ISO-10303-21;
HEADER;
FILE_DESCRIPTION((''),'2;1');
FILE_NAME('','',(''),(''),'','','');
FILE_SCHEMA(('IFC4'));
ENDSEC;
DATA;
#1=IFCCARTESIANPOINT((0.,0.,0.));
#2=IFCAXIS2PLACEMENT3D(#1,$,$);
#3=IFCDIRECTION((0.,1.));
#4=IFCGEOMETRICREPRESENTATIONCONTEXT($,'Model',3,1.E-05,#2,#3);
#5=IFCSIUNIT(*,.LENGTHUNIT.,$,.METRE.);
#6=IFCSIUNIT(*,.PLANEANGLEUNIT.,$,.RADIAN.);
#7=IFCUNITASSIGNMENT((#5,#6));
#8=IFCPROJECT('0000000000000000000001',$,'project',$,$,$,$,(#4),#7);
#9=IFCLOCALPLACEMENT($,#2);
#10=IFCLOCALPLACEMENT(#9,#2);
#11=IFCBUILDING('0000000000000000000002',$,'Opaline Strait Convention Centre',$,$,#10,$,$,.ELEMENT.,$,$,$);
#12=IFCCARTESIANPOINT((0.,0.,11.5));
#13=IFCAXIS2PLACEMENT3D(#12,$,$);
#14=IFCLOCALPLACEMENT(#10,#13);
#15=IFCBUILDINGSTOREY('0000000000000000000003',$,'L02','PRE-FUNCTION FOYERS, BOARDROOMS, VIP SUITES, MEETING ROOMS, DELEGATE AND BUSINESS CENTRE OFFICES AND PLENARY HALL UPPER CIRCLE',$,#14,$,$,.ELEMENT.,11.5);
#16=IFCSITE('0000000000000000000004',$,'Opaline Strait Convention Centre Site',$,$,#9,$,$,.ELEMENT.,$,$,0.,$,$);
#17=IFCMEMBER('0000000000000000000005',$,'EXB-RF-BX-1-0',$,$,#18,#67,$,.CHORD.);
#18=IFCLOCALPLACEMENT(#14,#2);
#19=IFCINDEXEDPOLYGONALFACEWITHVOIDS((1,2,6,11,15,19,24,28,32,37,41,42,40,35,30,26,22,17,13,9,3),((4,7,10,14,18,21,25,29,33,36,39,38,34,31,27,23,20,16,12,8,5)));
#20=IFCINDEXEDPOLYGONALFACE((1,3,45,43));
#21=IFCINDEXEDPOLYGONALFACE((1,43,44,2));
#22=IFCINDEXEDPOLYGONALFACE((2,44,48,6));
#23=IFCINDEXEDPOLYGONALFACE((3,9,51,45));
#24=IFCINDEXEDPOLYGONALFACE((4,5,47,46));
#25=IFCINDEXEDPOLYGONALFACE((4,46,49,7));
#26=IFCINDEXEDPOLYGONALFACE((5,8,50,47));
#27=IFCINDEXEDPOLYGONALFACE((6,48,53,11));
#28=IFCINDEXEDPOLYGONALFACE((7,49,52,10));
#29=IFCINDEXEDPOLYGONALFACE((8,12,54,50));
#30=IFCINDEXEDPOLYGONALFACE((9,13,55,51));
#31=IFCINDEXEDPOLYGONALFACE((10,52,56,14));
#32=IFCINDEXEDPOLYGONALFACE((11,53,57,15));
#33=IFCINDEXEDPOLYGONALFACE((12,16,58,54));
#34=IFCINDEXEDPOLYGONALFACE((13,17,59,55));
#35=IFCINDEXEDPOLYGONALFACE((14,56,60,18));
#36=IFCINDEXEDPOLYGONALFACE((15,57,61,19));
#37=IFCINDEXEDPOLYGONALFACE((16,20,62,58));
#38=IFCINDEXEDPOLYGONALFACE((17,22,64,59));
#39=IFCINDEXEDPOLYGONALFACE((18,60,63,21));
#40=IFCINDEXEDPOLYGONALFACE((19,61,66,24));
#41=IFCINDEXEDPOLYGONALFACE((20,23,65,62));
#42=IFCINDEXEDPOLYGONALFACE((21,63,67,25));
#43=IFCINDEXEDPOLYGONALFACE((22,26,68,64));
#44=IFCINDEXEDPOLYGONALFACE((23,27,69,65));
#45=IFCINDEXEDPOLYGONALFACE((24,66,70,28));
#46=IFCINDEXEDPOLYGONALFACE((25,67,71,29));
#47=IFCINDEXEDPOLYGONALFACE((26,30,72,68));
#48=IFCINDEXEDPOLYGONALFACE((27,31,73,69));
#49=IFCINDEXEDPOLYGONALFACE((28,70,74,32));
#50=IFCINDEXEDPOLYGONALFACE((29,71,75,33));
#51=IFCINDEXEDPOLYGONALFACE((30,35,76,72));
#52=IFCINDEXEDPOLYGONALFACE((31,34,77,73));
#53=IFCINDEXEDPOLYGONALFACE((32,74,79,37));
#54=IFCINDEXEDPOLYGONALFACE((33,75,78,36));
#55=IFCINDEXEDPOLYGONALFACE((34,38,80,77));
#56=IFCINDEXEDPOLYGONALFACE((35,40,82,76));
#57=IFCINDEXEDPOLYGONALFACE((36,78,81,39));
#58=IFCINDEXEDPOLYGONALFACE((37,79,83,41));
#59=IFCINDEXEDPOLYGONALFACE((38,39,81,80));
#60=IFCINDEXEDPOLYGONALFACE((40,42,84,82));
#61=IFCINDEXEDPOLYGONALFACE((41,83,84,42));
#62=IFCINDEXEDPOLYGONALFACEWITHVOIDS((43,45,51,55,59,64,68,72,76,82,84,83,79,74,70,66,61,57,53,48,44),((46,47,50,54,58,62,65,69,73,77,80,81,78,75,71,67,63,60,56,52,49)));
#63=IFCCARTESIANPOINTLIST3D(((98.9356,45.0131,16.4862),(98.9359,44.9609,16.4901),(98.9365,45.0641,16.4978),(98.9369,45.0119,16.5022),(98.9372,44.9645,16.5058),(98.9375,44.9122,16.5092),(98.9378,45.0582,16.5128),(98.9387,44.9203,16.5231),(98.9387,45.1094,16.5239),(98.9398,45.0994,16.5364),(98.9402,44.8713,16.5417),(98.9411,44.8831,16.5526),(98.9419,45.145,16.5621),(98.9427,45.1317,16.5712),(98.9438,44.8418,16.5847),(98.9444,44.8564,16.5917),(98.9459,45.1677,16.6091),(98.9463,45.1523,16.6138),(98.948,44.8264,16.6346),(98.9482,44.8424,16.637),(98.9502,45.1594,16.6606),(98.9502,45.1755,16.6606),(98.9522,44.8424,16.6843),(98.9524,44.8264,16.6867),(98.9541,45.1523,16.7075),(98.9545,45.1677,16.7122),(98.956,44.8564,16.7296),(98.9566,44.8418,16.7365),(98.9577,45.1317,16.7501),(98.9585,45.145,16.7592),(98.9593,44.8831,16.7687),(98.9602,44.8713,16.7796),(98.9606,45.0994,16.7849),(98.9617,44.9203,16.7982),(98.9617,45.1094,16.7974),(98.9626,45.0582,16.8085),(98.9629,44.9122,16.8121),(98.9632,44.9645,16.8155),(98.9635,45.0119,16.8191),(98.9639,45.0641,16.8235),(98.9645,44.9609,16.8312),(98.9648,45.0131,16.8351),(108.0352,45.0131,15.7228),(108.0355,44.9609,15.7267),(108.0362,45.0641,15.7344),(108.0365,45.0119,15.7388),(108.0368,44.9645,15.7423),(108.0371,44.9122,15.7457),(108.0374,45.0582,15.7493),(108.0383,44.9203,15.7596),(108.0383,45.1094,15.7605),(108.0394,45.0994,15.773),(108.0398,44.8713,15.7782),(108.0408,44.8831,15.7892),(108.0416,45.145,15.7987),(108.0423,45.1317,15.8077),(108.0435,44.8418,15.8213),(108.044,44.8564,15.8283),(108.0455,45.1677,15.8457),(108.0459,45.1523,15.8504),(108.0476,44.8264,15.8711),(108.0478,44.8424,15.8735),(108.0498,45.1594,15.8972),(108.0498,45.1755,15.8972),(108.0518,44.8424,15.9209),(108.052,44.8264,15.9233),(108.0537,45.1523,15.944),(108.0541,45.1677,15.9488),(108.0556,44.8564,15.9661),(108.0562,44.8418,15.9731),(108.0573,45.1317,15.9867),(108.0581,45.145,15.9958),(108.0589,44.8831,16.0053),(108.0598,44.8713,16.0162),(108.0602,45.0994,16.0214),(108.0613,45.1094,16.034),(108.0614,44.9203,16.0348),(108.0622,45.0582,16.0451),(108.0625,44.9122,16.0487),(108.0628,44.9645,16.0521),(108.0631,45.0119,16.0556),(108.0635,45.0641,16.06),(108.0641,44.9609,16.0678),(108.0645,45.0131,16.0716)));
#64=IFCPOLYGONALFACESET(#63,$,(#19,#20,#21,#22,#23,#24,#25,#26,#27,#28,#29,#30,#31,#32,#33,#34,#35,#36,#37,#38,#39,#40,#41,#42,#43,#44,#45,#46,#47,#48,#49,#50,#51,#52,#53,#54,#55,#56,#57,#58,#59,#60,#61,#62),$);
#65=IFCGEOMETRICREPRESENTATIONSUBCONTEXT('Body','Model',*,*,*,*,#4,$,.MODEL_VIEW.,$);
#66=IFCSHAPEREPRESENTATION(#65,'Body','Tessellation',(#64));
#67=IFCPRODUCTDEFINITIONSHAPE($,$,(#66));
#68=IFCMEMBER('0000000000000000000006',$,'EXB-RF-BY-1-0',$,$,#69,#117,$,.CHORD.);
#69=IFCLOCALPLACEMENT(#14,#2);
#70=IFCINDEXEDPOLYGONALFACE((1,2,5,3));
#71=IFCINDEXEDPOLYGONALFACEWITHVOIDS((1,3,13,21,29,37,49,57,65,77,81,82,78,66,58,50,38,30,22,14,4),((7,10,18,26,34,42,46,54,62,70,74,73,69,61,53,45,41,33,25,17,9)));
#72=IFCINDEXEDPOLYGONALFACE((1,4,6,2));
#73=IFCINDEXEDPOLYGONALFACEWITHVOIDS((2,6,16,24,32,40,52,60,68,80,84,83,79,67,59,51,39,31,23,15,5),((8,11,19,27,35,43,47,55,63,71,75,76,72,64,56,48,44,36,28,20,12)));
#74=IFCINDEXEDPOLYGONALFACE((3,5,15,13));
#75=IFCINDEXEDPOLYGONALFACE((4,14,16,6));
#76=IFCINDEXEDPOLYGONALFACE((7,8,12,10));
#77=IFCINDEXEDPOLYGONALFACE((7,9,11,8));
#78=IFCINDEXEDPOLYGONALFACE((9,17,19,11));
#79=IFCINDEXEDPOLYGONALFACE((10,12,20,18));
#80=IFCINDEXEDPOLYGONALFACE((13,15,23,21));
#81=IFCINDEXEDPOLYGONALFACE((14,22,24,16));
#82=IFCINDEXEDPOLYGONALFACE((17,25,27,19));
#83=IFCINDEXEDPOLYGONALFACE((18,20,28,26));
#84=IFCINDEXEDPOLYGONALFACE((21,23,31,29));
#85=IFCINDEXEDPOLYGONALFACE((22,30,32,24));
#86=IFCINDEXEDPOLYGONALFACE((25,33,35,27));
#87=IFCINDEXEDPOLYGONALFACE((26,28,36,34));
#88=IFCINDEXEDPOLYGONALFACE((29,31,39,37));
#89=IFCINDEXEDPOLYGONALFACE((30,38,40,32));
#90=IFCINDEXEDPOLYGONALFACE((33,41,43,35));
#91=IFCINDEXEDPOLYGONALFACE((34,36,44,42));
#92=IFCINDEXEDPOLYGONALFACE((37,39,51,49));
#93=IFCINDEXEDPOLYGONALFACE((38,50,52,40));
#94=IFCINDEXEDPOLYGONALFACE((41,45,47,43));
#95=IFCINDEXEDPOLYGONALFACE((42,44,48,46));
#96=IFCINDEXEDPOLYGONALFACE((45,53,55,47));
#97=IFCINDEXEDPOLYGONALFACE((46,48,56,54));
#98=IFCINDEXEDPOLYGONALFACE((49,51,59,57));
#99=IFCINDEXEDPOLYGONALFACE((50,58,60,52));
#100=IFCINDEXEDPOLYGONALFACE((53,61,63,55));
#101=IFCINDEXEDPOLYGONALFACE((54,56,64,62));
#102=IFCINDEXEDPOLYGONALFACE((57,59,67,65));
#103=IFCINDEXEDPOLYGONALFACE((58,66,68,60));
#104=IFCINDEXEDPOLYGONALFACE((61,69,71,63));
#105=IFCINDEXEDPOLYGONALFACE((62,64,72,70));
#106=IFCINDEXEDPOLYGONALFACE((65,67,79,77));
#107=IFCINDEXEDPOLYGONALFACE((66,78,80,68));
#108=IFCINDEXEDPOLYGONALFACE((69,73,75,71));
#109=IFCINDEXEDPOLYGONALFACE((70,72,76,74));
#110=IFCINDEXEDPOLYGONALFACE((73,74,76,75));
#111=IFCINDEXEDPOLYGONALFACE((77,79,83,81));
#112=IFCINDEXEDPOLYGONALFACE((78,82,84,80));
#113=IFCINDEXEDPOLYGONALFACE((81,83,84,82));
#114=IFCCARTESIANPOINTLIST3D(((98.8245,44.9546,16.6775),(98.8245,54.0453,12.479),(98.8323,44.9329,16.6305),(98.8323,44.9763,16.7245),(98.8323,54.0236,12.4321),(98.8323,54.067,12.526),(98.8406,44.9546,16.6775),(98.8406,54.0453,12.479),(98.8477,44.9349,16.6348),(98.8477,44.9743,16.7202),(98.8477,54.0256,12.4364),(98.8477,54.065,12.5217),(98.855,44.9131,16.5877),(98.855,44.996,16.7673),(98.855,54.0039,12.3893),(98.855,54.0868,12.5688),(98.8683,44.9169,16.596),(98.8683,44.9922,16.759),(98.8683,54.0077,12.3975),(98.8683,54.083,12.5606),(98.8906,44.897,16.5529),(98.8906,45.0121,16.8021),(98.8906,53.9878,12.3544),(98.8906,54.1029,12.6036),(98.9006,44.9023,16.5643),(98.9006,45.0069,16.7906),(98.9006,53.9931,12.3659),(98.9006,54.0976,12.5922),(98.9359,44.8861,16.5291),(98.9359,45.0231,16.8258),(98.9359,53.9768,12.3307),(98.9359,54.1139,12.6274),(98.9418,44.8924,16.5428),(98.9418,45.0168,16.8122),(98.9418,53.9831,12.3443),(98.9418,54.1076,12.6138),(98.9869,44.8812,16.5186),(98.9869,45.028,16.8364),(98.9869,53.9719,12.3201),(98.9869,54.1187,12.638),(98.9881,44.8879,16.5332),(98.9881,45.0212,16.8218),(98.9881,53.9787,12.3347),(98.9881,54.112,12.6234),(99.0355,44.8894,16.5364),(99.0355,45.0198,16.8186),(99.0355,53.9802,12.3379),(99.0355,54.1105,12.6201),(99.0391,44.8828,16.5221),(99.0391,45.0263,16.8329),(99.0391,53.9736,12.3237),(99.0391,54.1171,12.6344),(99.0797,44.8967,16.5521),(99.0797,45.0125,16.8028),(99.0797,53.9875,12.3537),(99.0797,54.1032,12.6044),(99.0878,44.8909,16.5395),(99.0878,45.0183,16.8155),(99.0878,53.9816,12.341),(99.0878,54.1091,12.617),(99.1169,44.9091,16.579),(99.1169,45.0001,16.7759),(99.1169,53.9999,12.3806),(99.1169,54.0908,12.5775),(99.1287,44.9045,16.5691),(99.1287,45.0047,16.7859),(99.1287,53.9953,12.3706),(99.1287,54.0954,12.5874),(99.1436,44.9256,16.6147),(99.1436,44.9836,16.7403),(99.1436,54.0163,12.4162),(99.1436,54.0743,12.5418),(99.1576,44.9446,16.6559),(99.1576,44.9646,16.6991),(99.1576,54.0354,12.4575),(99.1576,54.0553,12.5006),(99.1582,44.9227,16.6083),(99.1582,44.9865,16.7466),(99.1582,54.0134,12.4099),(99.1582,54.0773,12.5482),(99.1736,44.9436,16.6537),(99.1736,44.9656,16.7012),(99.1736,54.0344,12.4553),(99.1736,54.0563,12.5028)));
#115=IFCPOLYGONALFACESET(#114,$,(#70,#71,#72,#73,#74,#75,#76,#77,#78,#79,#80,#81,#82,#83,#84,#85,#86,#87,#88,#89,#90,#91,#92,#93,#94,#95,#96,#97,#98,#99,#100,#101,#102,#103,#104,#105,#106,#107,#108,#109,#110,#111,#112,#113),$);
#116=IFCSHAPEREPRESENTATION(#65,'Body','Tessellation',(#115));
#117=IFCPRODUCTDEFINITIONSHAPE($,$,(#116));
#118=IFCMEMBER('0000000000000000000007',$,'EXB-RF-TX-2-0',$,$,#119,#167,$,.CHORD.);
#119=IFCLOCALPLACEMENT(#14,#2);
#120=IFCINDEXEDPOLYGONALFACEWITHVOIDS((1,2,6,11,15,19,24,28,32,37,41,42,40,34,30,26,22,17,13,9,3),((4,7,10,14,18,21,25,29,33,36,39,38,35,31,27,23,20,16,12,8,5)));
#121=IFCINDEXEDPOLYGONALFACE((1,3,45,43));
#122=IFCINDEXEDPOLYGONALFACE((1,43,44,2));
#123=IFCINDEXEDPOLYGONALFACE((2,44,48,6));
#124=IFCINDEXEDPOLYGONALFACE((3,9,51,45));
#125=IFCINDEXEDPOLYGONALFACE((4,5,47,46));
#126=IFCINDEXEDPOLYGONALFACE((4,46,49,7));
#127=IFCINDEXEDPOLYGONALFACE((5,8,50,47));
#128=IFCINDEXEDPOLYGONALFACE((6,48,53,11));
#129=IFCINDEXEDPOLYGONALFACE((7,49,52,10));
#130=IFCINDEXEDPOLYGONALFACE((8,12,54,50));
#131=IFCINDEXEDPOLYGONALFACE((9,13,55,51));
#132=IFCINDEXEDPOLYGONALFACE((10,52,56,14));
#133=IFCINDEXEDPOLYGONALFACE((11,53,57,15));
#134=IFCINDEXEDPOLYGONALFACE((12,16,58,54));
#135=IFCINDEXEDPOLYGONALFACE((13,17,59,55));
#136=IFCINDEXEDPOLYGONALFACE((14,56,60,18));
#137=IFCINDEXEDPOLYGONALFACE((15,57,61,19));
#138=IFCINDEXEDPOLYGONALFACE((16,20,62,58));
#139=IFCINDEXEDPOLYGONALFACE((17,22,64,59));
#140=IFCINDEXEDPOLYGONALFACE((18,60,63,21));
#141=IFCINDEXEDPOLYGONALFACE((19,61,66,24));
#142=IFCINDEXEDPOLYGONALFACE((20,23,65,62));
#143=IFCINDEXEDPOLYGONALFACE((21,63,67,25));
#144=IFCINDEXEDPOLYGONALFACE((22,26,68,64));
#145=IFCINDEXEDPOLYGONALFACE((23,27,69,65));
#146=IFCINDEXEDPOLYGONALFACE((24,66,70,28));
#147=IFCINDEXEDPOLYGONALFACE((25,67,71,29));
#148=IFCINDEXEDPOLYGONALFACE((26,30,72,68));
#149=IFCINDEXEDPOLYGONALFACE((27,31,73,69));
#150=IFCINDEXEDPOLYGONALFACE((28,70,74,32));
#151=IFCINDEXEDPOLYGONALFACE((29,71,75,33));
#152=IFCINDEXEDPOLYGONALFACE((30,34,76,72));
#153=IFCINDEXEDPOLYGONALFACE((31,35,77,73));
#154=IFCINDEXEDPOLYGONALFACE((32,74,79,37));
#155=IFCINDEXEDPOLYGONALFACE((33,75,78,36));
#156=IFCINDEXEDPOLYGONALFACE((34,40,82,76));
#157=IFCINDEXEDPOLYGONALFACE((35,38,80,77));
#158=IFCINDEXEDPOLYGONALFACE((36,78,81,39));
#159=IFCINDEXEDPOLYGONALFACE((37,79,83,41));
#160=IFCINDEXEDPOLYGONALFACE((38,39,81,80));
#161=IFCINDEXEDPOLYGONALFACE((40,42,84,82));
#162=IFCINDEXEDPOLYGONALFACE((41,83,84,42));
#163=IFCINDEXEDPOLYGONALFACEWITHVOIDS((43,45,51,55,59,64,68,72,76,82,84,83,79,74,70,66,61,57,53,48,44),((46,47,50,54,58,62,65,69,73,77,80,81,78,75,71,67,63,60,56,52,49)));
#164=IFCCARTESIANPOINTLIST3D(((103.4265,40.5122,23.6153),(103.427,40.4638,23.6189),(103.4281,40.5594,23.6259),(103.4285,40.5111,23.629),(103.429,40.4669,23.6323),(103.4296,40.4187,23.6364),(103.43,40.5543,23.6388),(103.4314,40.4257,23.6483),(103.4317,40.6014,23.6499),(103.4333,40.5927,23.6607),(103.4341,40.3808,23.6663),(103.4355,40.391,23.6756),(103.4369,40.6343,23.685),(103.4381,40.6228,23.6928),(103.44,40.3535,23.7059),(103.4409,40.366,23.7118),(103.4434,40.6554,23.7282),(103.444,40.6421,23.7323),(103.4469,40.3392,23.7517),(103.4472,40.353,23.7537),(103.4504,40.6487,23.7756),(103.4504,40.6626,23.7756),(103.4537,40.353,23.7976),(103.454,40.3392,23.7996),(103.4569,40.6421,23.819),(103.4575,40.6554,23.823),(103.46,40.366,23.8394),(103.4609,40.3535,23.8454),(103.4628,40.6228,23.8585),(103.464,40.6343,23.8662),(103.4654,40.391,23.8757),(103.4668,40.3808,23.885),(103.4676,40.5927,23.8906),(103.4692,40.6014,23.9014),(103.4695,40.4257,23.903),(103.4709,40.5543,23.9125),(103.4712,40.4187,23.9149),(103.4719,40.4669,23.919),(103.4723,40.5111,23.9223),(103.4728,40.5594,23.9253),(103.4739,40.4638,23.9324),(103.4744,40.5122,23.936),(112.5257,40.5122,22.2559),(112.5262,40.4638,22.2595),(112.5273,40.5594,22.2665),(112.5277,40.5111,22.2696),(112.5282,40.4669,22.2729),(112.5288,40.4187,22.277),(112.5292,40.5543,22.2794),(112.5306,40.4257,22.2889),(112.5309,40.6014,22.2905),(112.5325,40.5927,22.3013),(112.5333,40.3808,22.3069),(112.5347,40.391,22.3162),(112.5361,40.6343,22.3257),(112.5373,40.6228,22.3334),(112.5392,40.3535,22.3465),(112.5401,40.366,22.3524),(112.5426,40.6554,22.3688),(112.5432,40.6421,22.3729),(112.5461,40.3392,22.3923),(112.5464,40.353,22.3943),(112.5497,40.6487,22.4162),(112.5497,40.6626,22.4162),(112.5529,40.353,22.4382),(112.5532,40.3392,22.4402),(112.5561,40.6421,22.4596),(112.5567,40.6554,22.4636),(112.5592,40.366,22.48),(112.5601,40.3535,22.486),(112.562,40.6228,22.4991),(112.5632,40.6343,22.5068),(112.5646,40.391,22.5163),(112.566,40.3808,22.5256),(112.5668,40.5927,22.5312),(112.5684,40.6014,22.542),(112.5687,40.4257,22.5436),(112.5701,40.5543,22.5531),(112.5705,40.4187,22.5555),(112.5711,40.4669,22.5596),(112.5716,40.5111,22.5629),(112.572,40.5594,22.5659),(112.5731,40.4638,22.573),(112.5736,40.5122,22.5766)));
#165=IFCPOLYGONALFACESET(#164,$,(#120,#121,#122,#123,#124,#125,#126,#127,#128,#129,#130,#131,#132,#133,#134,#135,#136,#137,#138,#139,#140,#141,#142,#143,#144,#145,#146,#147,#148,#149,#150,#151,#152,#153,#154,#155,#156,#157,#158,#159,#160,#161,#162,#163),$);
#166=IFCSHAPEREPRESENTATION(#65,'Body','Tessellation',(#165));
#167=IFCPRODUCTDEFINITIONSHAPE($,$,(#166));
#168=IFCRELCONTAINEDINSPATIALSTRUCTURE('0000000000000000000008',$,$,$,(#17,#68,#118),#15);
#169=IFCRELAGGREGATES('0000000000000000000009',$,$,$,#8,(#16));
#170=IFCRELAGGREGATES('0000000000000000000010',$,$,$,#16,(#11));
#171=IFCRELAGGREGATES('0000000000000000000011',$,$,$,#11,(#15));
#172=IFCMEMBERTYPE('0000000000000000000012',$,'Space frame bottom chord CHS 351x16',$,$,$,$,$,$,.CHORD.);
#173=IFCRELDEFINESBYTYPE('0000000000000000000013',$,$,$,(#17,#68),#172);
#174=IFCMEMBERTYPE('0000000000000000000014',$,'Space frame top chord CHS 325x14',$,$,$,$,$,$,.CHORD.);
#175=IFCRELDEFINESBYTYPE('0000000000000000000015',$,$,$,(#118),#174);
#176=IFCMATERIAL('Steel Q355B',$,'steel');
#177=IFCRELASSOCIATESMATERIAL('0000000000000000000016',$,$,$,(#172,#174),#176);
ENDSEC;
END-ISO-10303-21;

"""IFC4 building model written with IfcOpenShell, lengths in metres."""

from ifc_helpers import new_model, si_unit, direction, frame, origin, origin_2d, place, context, subcontext, project, spatial, hollow_circle, extrude, material, material_profile, profile_set, type_object, element, save


model = new_model("IFC4")

# Units and contexts
model_context = context("Model", 3, precision=1e-05, world=origin(), true_north=direction((0.0, 1.0)))
body_context = subcontext(model_context, "Body", "Model", "MODEL_VIEW")
ifc_project = project(units=[si_unit("LENGTHUNIT", "METRE"), si_unit("PLANEANGLEUNIT", "RADIAN")], contexts=[model_context])

# Site, building, storey
site_placement = place(None, origin())
site = spatial("IfcSite", under=ifc_project, at=site_placement, Name="Opaline Strait Convention Centre Site", CompositionType="ELEMENT", RefElevation=0.0)
building_placement = place(site_placement, origin())
building = spatial("IfcBuilding", under=site, at=building_placement, Name="Opaline Strait Convention Centre", CompositionType="ELEMENT")
storey_placement = place(building_placement, frame((0.0, 0.0, 11.5)))
storey = spatial("IfcBuildingStorey", under=building, at=storey_placement, Name="L02", Description="PRE-FUNCTION FOYERS, BOARDROOMS, VIP SUITES, MEETING ROOMS, DELEGATE AND BUSINESS CENTRE OFFICES AND PLENARY HALL UPPER CIRCLE", CompositionType="ELEMENT", Elevation=11.5)

# Members
ifc_material_1 = material(Name="Steel Q355B", Category="steel")
ifc_material_profile_1 = material_profile(ifc_material_1, hollow_circle(Radius=0.1755, WallThickness=0.0161, at=origin_2d()), Name="CHS 351x16")
ifc_profile_set_1 = profile_set([ifc_material_profile_1], Name="Steel Q355B")
member_type_1 = type_object("IfcMemberType", Name="Space frame bottom chord CHS 351x16", PredefinedType="CHORD", material=ifc_profile_set_1)
member_1_placement = place(storey_placement, frame((98.9502, 45.0, 16.6606), z_axis=(0.996499, 0.0, -0.083603), x_axis=(0.0, 1.0, 0.0)))
element("IfcMember", 1, at=member_1_placement, inside=storey, type_object=member_type_1, Name="EXB-RF-BX-1-0", PredefinedType="CHORD", context=body_context, shape_type="SweptSolid", body=[
    extrude(hollow_circle(Radius=0.1755, WallThickness=0.0161, at=origin_2d()), origin(), (0.0, 0.0, 1.0), 9.1316),
])
member_2_placement = place(storey_placement, frame((99.0, 44.9546, 16.6775), z_axis=(0.0, 0.907856, -0.419282), x_axis=(-1.0, 0.0, 0.0)))
element("IfcMember", 2, at=member_2_placement, inside=storey, type_object=member_type_1, Name="EXB-RF-BY-1-0", PredefinedType="CHORD", context=body_context, shape_type="SweptSolid", body=[
    extrude(hollow_circle(Radius=0.1755, WallThickness=0.0161, at=origin_2d()), origin(), (0.0, 0.0, 1.0), 10.0134),
])
ifc_material_profile_2 = material_profile(ifc_material_1, hollow_circle(Radius=0.1626, WallThickness=0.0139, at=origin_2d()), Name="CHS 325x14")
ifc_profile_set_2 = profile_set([ifc_material_profile_2], Name="Steel Q355B")
member_type_2 = type_object("IfcMemberType", Name="Space frame top chord CHS 325x14", PredefinedType="CHORD", material=ifc_profile_set_2)
member_3_placement = place(storey_placement, frame((103.4504, 40.5, 23.7756), z_axis=(0.989024, 0.0, -0.147756), x_axis=(0.0, 1.0, 0.0)))
element("IfcMember", 3, at=member_3_placement, inside=storey, type_object=member_type_2, Name="EXB-RF-TX-2-0", PredefinedType="CHORD", context=body_context, shape_type="SweptSolid", body=[
    extrude(hollow_circle(Radius=0.1626, WallThickness=0.0139, at=origin_2d()), origin(), (0.0, 0.0, 1.0), 9.2002),
])

save(model, "model.ifc")
